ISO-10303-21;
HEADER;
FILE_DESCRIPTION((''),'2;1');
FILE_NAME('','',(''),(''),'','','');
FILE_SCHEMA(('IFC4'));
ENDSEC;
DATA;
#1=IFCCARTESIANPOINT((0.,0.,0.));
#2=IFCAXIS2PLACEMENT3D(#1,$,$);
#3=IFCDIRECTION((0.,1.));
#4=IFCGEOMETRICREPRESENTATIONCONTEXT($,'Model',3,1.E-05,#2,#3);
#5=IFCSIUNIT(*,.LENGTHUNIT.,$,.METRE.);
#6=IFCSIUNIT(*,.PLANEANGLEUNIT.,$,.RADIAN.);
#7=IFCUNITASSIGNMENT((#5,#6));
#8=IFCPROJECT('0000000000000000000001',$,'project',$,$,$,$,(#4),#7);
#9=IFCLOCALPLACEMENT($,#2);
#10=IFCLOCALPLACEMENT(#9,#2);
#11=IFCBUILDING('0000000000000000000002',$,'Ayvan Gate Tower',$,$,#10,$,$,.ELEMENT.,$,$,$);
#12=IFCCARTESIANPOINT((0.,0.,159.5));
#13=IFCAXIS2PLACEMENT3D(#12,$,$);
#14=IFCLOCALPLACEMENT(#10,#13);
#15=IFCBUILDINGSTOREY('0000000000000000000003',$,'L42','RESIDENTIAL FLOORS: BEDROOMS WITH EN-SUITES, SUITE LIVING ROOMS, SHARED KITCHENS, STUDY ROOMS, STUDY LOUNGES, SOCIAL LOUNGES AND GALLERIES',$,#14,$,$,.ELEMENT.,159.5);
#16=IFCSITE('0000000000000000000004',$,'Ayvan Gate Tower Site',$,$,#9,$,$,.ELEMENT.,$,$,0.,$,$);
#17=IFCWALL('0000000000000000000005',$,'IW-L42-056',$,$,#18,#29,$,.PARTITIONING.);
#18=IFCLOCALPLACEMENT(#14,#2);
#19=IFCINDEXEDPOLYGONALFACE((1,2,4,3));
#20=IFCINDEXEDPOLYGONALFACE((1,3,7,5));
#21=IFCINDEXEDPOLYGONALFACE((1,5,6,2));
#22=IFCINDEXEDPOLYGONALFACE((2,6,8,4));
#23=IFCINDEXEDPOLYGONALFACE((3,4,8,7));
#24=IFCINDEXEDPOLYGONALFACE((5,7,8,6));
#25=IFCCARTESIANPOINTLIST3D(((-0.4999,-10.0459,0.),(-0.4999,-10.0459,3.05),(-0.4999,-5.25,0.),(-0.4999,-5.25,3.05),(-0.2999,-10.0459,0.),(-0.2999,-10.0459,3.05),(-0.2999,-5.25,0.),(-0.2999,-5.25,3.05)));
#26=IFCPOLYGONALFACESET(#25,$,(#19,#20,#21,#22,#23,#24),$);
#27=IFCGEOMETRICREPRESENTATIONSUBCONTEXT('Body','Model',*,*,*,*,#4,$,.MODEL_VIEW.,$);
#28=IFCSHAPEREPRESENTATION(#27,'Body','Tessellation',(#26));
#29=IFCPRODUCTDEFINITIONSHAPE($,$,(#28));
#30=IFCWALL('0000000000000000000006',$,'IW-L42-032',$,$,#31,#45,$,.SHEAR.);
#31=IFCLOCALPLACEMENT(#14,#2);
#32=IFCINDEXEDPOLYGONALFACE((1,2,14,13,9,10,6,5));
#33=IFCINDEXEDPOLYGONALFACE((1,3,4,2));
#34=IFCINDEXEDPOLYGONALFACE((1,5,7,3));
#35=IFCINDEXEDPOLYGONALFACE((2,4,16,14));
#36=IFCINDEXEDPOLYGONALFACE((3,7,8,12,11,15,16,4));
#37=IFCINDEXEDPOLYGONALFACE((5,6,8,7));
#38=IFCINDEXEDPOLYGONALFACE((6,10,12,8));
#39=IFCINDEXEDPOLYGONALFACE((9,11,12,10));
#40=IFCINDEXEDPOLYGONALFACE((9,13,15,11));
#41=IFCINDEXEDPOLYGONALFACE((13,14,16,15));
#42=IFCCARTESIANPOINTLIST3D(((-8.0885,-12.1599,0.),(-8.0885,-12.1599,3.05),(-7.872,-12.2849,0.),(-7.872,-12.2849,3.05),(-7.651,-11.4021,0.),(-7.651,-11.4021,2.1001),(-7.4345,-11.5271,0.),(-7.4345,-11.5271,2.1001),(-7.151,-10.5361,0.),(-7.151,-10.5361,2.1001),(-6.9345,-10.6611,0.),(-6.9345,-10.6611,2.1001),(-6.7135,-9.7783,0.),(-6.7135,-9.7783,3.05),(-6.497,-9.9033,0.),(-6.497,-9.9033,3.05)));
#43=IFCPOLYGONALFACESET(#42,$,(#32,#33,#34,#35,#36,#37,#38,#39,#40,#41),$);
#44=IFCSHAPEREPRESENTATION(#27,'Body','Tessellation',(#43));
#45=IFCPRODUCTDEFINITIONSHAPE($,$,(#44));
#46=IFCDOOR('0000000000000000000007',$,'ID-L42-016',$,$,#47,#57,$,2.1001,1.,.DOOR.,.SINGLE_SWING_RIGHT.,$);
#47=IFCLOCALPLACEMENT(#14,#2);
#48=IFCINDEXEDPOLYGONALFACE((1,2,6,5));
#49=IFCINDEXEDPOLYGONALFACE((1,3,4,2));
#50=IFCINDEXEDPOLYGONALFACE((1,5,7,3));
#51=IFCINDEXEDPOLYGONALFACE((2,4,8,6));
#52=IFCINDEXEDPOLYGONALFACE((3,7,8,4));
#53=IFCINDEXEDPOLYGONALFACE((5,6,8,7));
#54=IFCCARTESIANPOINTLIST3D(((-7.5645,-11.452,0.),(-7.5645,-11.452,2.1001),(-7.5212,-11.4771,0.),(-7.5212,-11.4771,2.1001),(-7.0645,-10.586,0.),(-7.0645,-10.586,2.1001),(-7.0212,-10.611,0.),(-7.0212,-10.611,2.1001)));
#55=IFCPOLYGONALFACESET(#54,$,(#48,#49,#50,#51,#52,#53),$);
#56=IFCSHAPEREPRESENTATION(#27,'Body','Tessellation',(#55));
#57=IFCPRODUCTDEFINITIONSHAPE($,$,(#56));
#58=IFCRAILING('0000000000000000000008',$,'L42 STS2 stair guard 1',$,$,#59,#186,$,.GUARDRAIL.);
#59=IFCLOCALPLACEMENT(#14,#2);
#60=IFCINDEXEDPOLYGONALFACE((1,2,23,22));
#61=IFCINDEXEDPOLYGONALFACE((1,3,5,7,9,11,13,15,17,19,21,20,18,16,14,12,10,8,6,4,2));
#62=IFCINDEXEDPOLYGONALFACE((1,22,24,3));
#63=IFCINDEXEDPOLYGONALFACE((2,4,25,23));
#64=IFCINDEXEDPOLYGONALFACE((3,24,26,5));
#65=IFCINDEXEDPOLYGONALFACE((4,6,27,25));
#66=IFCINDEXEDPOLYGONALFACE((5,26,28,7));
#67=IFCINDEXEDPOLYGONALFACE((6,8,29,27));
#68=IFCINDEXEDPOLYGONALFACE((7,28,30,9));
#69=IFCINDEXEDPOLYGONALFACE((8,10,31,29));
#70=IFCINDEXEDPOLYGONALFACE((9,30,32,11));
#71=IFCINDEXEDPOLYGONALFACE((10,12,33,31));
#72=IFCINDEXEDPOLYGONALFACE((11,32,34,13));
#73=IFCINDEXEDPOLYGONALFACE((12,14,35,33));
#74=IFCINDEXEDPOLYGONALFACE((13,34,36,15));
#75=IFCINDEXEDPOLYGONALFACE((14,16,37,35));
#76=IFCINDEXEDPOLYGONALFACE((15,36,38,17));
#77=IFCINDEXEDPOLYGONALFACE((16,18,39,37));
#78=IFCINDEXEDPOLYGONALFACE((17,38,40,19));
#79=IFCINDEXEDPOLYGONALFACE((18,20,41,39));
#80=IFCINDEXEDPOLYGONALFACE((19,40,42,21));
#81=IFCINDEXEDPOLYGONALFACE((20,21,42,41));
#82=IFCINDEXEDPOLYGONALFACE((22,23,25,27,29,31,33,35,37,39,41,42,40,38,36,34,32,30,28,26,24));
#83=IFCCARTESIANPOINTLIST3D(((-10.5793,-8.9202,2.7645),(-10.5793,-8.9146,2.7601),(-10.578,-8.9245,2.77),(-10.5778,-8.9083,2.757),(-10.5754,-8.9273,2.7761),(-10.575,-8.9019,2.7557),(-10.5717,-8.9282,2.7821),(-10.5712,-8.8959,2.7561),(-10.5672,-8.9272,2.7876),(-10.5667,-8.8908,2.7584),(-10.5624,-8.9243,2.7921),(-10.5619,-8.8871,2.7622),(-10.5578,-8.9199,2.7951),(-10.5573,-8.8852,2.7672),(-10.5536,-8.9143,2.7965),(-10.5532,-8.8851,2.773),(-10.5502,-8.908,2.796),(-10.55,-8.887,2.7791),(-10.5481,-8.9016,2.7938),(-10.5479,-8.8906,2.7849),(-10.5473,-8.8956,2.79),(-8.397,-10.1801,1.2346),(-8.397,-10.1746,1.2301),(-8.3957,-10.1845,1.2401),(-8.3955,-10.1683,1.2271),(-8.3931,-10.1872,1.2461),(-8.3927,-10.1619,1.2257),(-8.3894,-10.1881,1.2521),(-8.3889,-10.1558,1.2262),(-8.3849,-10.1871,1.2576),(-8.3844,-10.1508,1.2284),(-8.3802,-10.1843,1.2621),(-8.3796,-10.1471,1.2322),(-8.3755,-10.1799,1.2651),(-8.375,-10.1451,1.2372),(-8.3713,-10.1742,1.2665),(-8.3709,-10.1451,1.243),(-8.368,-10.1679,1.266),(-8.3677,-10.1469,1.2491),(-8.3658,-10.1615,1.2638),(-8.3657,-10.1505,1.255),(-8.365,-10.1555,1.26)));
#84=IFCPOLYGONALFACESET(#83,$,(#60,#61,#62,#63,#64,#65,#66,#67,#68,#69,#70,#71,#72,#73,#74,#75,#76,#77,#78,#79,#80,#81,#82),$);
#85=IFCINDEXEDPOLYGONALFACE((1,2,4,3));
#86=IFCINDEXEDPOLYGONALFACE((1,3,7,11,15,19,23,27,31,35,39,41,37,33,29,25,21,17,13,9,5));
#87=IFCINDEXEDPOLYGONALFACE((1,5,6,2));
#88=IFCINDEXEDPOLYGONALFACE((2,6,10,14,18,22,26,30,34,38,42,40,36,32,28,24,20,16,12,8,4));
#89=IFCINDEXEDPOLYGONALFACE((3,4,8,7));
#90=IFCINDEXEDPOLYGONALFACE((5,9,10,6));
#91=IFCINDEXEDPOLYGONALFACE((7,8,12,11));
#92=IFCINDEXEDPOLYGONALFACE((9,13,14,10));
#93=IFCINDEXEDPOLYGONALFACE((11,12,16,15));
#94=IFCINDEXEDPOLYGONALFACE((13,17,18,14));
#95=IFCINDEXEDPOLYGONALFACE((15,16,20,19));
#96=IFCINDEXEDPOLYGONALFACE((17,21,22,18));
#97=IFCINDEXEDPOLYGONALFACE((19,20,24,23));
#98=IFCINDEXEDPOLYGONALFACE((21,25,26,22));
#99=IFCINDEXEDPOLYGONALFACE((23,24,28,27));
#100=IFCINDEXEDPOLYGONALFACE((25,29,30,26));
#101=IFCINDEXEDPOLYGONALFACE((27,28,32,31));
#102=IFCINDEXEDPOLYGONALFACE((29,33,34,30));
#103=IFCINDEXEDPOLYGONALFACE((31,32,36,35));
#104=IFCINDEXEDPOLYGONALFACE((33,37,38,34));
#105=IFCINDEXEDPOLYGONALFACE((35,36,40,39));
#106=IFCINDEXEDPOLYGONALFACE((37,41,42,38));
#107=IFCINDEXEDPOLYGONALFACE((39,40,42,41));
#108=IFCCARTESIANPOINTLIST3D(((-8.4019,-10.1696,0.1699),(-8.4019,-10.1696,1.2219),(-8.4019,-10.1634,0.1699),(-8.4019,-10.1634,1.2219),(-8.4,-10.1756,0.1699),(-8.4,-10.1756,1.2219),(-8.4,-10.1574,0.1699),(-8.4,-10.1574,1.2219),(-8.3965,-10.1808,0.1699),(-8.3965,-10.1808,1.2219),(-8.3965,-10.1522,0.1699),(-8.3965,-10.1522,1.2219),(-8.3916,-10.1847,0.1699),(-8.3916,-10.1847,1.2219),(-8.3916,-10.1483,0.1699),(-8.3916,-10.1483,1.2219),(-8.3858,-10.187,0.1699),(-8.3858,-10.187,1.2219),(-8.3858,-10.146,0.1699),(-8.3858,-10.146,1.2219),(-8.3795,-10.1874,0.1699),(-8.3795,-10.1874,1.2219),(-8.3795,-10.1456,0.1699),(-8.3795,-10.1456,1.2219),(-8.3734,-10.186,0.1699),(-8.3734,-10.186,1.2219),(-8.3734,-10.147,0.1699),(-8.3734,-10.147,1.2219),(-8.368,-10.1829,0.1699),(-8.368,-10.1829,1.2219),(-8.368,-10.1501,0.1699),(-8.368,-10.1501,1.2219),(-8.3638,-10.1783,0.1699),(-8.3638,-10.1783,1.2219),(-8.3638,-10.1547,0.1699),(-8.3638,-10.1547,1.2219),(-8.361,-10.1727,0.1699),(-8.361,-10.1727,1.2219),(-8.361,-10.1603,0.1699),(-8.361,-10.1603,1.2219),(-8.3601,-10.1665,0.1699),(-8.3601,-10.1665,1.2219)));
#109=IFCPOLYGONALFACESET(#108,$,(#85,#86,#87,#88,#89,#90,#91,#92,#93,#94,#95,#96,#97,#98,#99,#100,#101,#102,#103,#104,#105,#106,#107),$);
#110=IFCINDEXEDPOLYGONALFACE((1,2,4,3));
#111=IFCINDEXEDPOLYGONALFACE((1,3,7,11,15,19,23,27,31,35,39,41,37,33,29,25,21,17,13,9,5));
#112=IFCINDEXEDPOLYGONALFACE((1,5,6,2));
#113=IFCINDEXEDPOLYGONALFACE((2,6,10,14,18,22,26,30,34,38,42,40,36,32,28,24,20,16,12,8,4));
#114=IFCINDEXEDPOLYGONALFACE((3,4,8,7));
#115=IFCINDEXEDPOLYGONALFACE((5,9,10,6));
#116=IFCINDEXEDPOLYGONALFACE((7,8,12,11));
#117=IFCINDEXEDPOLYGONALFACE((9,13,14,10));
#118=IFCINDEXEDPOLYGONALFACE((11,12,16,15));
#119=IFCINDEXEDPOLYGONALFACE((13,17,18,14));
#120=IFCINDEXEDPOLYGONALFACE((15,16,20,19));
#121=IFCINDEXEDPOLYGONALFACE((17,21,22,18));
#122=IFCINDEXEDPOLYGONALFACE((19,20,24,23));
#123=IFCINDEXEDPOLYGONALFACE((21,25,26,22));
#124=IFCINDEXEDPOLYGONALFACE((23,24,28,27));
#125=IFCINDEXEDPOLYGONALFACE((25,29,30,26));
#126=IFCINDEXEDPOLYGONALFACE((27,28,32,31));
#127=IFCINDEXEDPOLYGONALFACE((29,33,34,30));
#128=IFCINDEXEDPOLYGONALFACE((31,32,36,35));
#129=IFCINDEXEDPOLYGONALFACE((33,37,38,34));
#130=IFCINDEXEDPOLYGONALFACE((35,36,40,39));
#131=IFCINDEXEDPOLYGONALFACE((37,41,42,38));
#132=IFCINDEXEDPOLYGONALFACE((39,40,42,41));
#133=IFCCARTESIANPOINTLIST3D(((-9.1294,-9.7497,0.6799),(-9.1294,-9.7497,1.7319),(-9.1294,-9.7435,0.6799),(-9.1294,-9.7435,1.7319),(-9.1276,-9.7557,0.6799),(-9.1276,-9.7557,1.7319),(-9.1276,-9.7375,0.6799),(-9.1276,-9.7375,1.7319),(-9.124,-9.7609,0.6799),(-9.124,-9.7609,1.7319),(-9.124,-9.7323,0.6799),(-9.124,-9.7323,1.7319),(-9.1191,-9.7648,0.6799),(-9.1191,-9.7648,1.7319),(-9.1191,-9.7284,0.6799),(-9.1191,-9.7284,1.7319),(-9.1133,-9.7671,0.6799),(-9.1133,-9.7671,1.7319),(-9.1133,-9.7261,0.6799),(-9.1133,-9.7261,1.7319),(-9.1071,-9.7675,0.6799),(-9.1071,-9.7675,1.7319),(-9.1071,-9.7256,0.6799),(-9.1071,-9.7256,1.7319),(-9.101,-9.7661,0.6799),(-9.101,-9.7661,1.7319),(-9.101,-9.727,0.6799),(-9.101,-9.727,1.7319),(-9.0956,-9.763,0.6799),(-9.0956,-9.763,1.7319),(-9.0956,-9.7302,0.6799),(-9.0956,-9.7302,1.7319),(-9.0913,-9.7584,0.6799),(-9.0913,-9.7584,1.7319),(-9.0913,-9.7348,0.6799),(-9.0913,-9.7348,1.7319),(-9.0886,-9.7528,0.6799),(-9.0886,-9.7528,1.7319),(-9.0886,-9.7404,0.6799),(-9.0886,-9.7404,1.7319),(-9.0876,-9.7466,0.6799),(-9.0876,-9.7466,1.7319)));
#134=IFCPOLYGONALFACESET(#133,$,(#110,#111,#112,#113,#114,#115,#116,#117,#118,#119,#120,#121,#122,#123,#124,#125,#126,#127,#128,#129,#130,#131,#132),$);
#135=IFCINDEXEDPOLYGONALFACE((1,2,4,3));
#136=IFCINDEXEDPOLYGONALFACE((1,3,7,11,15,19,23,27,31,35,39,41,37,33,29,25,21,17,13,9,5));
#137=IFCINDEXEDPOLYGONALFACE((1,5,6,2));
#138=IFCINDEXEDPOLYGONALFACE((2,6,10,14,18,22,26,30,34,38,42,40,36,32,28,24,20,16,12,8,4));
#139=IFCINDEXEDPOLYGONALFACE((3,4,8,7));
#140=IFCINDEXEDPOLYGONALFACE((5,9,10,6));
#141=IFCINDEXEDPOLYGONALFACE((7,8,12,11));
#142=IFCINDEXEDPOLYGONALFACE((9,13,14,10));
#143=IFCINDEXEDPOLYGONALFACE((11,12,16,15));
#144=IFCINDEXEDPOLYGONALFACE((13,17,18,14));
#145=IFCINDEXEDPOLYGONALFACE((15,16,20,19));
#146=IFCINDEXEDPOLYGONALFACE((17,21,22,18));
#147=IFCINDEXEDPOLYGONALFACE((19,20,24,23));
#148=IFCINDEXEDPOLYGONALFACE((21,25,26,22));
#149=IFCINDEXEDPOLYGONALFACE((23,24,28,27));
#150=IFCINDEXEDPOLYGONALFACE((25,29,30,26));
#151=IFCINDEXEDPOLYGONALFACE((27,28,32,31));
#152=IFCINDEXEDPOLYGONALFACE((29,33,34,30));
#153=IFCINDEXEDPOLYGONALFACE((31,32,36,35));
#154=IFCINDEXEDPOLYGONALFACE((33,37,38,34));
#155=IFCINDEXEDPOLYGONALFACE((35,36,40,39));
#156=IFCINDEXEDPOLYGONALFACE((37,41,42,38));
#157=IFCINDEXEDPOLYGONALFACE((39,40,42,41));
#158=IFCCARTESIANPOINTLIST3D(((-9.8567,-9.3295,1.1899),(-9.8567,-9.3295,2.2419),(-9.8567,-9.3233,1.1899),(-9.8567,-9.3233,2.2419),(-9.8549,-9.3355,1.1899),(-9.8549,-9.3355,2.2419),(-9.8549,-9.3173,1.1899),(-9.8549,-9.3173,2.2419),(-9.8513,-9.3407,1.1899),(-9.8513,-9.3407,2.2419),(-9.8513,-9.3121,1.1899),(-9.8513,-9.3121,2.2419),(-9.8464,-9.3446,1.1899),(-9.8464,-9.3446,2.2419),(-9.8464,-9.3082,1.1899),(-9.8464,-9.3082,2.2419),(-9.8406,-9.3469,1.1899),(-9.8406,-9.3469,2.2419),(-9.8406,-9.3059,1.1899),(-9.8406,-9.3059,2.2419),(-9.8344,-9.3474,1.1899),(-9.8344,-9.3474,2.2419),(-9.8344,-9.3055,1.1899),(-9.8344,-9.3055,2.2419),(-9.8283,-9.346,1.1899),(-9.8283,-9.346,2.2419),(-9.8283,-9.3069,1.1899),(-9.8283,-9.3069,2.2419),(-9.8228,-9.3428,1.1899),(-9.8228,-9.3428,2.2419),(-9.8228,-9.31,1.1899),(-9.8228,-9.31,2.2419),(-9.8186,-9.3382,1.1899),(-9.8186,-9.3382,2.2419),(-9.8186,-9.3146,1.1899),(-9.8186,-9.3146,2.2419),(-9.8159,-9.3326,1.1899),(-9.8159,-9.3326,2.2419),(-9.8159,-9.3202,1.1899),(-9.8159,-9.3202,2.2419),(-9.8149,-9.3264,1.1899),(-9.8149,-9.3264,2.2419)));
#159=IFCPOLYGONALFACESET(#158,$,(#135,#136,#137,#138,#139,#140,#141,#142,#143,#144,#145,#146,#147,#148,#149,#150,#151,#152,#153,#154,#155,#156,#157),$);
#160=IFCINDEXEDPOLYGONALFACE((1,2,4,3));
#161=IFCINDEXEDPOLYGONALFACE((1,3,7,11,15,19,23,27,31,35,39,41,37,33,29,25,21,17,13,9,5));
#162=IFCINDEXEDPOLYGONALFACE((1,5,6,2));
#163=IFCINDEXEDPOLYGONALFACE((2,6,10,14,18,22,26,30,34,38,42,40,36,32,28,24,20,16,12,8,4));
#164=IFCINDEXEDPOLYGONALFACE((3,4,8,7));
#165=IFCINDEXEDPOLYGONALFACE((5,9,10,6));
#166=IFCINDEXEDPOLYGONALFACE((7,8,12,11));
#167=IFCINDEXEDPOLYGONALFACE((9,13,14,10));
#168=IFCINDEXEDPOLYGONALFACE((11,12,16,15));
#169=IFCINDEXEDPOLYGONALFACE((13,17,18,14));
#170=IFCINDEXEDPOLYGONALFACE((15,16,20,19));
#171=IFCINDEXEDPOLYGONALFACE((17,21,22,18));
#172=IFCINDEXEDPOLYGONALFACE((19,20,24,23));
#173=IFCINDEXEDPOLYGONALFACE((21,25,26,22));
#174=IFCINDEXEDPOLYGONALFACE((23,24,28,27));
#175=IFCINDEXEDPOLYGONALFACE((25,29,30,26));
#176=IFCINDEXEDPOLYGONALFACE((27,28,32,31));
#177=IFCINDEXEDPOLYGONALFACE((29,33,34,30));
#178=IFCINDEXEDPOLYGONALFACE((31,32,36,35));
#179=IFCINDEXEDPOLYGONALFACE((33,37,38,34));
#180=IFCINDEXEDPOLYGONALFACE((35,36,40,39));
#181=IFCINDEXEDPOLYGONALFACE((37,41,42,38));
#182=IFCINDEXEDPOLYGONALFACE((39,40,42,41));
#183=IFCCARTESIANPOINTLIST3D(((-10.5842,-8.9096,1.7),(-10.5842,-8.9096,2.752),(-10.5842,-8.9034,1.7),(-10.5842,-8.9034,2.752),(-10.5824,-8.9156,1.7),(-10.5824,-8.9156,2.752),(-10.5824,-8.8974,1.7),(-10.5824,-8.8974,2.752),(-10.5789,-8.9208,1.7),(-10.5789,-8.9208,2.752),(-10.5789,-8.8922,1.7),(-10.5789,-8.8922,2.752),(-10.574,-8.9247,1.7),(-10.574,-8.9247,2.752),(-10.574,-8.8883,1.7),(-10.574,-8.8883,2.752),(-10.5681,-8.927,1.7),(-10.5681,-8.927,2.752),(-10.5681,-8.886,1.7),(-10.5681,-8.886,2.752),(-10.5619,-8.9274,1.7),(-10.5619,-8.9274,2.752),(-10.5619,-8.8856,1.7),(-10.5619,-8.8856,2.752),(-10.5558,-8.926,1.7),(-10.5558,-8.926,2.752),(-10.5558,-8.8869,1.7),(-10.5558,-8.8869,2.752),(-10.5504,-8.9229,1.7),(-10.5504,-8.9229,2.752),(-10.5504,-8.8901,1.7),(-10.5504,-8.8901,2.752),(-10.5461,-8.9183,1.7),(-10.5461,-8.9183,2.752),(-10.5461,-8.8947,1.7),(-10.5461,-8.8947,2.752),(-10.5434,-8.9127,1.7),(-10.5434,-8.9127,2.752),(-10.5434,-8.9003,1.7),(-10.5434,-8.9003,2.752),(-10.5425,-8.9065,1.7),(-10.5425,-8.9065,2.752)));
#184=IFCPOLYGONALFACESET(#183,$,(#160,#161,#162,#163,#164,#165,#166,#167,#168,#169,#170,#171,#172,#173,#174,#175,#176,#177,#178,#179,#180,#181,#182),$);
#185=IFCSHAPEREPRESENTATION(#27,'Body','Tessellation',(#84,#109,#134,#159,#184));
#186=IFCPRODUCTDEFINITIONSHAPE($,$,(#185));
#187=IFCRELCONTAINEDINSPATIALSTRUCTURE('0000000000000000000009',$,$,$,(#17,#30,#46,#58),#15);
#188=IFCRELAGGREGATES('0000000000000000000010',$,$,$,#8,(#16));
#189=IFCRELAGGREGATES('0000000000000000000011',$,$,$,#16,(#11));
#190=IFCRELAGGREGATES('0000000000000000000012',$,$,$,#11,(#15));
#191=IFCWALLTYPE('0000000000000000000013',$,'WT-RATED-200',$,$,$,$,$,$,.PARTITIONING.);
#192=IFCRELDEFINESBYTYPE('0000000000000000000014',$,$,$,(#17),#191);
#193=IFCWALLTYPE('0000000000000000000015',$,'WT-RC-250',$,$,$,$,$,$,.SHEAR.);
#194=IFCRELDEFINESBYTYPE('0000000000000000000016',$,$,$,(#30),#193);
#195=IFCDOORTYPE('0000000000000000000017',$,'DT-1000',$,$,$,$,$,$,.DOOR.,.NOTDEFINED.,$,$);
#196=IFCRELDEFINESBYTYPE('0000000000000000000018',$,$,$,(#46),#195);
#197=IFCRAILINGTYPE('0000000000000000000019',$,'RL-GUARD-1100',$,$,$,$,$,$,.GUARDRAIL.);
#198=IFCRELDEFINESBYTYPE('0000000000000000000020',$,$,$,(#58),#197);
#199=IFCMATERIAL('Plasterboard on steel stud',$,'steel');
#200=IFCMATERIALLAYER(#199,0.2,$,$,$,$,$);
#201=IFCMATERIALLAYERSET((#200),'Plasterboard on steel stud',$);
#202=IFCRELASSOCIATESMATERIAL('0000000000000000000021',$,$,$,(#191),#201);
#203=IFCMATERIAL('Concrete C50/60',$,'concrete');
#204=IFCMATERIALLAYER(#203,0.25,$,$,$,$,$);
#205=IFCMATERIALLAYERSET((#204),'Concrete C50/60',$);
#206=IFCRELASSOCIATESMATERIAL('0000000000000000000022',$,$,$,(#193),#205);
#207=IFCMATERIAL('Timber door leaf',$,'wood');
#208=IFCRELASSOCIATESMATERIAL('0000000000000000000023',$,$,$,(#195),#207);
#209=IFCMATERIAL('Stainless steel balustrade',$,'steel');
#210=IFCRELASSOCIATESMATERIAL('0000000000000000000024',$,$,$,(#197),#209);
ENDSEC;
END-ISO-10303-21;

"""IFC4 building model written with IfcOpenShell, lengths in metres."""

from ifc_helpers import new_model, si_unit, direction, frame, frame_2d, origin, origin_2d, place, context, subcontext, project, spatial, rectangle, circle, extrude, material, layer, layer_set, type_object, element, fill, save


model = new_model("IFC4")

# Units and contexts
model_context = context("Model", 3, precision=1e-05, world=origin(), true_north=direction((0.0, 1.0)))
body_context = subcontext(model_context, "Body", "Model", "MODEL_VIEW")
ifc_project = project(units=[si_unit("LENGTHUNIT", "METRE"), si_unit("PLANEANGLEUNIT", "RADIAN")], contexts=[model_context])

# Site, building, storey
site_placement = place(None, origin())
site = spatial("IfcSite", under=ifc_project, at=site_placement, Name="Ayvan Gate Tower Site", CompositionType="ELEMENT", RefElevation=0.0)
building_placement = place(site_placement, origin())
building = spatial("IfcBuilding", under=site, at=building_placement, Name="Ayvan Gate Tower", CompositionType="ELEMENT")
storey_placement = place(building_placement, frame((0.0, 0.0, 159.5)))
storey = spatial("IfcBuildingStorey", under=building, at=storey_placement, Name="L42", Description="RESIDENTIAL FLOORS: BEDROOMS WITH EN-SUITES, SUITE LIVING ROOMS, SHARED KITCHENS, STUDY ROOMS, STUDY LOUNGES, SOCIAL LOUNGES AND GALLERIES", CompositionType="ELEMENT", Elevation=159.5)

# Shared definitions
ifc_material_1 = material(Name="Timber door leaf", Category="wood")

# Shared definitions
ifc_material_2 = material(Name="Plasterboard on steel stud", Category="steel")
ifc_layer_1 = layer(ifc_material_2, 0.2)
ifc_layer_set_1 = layer_set([ifc_layer_1], Name="Plasterboard on steel stud")
wall_type_1 = type_object("IfcWallType", Name="WT-RATED-200", PredefinedType="PARTITIONING", material=ifc_layer_set_1)

# Wall
wall_1_placement = place(storey_placement, frame((-0.3999, -5.25, 0.0), z_axis=(0.0, 0.0, 1.0), x_axis=(0.0, -1.0, 0.0)))
element("IfcWall", 1, at=wall_1_placement, inside=storey, type_object=wall_type_1, Name="IW-L42-056", PredefinedType="PARTITIONING", context=body_context, shape_type="SweptSolid", body=[
    extrude(rectangle(XDim=4.7959, YDim=0.2, at=frame_2d((2.3979, 0.0))), origin(), (0.0, 0.0, 1.0), 3.05),
])

# Wall, opening, door
ifc_material_3 = material(Name="Concrete C50/60", Category="concrete")
ifc_layer_2 = layer(ifc_material_3, 0.25)
ifc_layer_set_2 = layer_set([ifc_layer_2], Name="Concrete C50/60")
wall_type_2 = type_object("IfcWallType", Name="WT-RC-250", PredefinedType="SHEAR", material=ifc_layer_set_2)
wall_2_placement = place(storey_placement, frame((-6.6052, -9.8408, 0.0), z_axis=(0.0, 0.0, 1.0), x_axis=(-0.499997, -0.866027, 0.0)))
wall_2 = element("IfcWall", 2, at=wall_2_placement, inside=storey, type_object=wall_type_2, Name="IW-L42-032", PredefinedType="SHEAR", context=body_context, shape_type="SweptSolid", body=[
    extrude(rectangle(XDim=2.75, YDim=0.25, at=frame_2d((1.375, 0.0))), origin(), (0.0, 0.0, 1.0), 3.05),
])
opening_1_placement = place(wall_2_placement, frame((0.875, 0.0, 0.0)))
opening_1 = element("IfcOpeningElement", 3, at=opening_1_placement, cuts=wall_2, PredefinedType="OPENING", context=body_context, shape_type="SweptSolid", body=[
    extrude(rectangle(XDim=1.0, YDim=2.1001, at=frame_2d((0.5, 1.05))), frame((0.0, 0.135, 0.0), z_axis=(0.0, -1.0, 0.0), x_axis=(1.0, 0.0, 0.0)), (0.0, 0.0, 1.0), 0.27),
])
door_type_1 = type_object("IfcDoorType", Name="DT-1000", OperationType="NOTDEFINED", PredefinedType="DOOR", material=ifc_material_1)
door_1_placement = place(opening_1_placement, origin())
door_1 = element("IfcDoor", 4, at=door_1_placement, inside=storey, type_object=door_type_1, Name="ID-L42-016", OperationType="SINGLE_SWING_RIGHT", OverallHeight=2.1001, OverallWidth=1.0, PredefinedType="DOOR", context=body_context, shape_type="SweptSolid", body=[
    extrude(rectangle(XDim=1.0, YDim=2.1001, at=frame_2d((0.5, 1.05))), frame((0.0, 0.0249, 0.0), z_axis=(0.0, -1.0, 0.0), x_axis=(1.0, 0.0, 0.0)), (0.0, 0.0, 1.0), 0.05),
])
fill(opening_1, door_1)

# Railing
ifc_material_4 = material(Name="Stainless steel balustrade", Category="steel")
railing_type_1 = type_object("IfcRailingType", Name="RL-GUARD-1100", PredefinedType="GUARDRAIL", material=ifc_material_4)
railing_1_placement = place(storey_placement, frame((-8.3811, -10.1665, 0.1699)))
element("IfcRailing", 5, at=railing_1_placement, inside=storey, type_object=railing_type_1, Name="L42 STS2 stair guard 1", PredefinedType="GUARDRAIL", context=body_context, shape_type="SweptSolid", body=[
    extrude(circle(Radius=0.0239, at=origin_2d()), frame((0.0, 0.0, 1.0762), z_axis=(-0.740261, 0.427395, 0.518986), x_axis=(-0.500005, -0.866023, 0.0)), (0.0, 0.0, 1.0), 2.948),
    extrude(circle(Radius=0.021, at=origin_2d()), origin(), (0.0, 0.0, 1.0), 1.052),
    extrude(circle(Radius=0.021, at=origin_2d()), frame((-0.7275, 0.4199, 0.51)), (0.0, 0.0, 1.0), 1.052),
    extrude(circle(Radius=0.021, at=origin_2d()), frame((-1.4548, 0.8401, 1.02)), (0.0, 0.0, 1.0), 1.052),
    extrude(circle(Radius=0.021, at=origin_2d()), frame((-2.1824, 1.26, 1.53)), (0.0, 0.0, 1.0), 1.052),
])

save(model, "model.ifc")
